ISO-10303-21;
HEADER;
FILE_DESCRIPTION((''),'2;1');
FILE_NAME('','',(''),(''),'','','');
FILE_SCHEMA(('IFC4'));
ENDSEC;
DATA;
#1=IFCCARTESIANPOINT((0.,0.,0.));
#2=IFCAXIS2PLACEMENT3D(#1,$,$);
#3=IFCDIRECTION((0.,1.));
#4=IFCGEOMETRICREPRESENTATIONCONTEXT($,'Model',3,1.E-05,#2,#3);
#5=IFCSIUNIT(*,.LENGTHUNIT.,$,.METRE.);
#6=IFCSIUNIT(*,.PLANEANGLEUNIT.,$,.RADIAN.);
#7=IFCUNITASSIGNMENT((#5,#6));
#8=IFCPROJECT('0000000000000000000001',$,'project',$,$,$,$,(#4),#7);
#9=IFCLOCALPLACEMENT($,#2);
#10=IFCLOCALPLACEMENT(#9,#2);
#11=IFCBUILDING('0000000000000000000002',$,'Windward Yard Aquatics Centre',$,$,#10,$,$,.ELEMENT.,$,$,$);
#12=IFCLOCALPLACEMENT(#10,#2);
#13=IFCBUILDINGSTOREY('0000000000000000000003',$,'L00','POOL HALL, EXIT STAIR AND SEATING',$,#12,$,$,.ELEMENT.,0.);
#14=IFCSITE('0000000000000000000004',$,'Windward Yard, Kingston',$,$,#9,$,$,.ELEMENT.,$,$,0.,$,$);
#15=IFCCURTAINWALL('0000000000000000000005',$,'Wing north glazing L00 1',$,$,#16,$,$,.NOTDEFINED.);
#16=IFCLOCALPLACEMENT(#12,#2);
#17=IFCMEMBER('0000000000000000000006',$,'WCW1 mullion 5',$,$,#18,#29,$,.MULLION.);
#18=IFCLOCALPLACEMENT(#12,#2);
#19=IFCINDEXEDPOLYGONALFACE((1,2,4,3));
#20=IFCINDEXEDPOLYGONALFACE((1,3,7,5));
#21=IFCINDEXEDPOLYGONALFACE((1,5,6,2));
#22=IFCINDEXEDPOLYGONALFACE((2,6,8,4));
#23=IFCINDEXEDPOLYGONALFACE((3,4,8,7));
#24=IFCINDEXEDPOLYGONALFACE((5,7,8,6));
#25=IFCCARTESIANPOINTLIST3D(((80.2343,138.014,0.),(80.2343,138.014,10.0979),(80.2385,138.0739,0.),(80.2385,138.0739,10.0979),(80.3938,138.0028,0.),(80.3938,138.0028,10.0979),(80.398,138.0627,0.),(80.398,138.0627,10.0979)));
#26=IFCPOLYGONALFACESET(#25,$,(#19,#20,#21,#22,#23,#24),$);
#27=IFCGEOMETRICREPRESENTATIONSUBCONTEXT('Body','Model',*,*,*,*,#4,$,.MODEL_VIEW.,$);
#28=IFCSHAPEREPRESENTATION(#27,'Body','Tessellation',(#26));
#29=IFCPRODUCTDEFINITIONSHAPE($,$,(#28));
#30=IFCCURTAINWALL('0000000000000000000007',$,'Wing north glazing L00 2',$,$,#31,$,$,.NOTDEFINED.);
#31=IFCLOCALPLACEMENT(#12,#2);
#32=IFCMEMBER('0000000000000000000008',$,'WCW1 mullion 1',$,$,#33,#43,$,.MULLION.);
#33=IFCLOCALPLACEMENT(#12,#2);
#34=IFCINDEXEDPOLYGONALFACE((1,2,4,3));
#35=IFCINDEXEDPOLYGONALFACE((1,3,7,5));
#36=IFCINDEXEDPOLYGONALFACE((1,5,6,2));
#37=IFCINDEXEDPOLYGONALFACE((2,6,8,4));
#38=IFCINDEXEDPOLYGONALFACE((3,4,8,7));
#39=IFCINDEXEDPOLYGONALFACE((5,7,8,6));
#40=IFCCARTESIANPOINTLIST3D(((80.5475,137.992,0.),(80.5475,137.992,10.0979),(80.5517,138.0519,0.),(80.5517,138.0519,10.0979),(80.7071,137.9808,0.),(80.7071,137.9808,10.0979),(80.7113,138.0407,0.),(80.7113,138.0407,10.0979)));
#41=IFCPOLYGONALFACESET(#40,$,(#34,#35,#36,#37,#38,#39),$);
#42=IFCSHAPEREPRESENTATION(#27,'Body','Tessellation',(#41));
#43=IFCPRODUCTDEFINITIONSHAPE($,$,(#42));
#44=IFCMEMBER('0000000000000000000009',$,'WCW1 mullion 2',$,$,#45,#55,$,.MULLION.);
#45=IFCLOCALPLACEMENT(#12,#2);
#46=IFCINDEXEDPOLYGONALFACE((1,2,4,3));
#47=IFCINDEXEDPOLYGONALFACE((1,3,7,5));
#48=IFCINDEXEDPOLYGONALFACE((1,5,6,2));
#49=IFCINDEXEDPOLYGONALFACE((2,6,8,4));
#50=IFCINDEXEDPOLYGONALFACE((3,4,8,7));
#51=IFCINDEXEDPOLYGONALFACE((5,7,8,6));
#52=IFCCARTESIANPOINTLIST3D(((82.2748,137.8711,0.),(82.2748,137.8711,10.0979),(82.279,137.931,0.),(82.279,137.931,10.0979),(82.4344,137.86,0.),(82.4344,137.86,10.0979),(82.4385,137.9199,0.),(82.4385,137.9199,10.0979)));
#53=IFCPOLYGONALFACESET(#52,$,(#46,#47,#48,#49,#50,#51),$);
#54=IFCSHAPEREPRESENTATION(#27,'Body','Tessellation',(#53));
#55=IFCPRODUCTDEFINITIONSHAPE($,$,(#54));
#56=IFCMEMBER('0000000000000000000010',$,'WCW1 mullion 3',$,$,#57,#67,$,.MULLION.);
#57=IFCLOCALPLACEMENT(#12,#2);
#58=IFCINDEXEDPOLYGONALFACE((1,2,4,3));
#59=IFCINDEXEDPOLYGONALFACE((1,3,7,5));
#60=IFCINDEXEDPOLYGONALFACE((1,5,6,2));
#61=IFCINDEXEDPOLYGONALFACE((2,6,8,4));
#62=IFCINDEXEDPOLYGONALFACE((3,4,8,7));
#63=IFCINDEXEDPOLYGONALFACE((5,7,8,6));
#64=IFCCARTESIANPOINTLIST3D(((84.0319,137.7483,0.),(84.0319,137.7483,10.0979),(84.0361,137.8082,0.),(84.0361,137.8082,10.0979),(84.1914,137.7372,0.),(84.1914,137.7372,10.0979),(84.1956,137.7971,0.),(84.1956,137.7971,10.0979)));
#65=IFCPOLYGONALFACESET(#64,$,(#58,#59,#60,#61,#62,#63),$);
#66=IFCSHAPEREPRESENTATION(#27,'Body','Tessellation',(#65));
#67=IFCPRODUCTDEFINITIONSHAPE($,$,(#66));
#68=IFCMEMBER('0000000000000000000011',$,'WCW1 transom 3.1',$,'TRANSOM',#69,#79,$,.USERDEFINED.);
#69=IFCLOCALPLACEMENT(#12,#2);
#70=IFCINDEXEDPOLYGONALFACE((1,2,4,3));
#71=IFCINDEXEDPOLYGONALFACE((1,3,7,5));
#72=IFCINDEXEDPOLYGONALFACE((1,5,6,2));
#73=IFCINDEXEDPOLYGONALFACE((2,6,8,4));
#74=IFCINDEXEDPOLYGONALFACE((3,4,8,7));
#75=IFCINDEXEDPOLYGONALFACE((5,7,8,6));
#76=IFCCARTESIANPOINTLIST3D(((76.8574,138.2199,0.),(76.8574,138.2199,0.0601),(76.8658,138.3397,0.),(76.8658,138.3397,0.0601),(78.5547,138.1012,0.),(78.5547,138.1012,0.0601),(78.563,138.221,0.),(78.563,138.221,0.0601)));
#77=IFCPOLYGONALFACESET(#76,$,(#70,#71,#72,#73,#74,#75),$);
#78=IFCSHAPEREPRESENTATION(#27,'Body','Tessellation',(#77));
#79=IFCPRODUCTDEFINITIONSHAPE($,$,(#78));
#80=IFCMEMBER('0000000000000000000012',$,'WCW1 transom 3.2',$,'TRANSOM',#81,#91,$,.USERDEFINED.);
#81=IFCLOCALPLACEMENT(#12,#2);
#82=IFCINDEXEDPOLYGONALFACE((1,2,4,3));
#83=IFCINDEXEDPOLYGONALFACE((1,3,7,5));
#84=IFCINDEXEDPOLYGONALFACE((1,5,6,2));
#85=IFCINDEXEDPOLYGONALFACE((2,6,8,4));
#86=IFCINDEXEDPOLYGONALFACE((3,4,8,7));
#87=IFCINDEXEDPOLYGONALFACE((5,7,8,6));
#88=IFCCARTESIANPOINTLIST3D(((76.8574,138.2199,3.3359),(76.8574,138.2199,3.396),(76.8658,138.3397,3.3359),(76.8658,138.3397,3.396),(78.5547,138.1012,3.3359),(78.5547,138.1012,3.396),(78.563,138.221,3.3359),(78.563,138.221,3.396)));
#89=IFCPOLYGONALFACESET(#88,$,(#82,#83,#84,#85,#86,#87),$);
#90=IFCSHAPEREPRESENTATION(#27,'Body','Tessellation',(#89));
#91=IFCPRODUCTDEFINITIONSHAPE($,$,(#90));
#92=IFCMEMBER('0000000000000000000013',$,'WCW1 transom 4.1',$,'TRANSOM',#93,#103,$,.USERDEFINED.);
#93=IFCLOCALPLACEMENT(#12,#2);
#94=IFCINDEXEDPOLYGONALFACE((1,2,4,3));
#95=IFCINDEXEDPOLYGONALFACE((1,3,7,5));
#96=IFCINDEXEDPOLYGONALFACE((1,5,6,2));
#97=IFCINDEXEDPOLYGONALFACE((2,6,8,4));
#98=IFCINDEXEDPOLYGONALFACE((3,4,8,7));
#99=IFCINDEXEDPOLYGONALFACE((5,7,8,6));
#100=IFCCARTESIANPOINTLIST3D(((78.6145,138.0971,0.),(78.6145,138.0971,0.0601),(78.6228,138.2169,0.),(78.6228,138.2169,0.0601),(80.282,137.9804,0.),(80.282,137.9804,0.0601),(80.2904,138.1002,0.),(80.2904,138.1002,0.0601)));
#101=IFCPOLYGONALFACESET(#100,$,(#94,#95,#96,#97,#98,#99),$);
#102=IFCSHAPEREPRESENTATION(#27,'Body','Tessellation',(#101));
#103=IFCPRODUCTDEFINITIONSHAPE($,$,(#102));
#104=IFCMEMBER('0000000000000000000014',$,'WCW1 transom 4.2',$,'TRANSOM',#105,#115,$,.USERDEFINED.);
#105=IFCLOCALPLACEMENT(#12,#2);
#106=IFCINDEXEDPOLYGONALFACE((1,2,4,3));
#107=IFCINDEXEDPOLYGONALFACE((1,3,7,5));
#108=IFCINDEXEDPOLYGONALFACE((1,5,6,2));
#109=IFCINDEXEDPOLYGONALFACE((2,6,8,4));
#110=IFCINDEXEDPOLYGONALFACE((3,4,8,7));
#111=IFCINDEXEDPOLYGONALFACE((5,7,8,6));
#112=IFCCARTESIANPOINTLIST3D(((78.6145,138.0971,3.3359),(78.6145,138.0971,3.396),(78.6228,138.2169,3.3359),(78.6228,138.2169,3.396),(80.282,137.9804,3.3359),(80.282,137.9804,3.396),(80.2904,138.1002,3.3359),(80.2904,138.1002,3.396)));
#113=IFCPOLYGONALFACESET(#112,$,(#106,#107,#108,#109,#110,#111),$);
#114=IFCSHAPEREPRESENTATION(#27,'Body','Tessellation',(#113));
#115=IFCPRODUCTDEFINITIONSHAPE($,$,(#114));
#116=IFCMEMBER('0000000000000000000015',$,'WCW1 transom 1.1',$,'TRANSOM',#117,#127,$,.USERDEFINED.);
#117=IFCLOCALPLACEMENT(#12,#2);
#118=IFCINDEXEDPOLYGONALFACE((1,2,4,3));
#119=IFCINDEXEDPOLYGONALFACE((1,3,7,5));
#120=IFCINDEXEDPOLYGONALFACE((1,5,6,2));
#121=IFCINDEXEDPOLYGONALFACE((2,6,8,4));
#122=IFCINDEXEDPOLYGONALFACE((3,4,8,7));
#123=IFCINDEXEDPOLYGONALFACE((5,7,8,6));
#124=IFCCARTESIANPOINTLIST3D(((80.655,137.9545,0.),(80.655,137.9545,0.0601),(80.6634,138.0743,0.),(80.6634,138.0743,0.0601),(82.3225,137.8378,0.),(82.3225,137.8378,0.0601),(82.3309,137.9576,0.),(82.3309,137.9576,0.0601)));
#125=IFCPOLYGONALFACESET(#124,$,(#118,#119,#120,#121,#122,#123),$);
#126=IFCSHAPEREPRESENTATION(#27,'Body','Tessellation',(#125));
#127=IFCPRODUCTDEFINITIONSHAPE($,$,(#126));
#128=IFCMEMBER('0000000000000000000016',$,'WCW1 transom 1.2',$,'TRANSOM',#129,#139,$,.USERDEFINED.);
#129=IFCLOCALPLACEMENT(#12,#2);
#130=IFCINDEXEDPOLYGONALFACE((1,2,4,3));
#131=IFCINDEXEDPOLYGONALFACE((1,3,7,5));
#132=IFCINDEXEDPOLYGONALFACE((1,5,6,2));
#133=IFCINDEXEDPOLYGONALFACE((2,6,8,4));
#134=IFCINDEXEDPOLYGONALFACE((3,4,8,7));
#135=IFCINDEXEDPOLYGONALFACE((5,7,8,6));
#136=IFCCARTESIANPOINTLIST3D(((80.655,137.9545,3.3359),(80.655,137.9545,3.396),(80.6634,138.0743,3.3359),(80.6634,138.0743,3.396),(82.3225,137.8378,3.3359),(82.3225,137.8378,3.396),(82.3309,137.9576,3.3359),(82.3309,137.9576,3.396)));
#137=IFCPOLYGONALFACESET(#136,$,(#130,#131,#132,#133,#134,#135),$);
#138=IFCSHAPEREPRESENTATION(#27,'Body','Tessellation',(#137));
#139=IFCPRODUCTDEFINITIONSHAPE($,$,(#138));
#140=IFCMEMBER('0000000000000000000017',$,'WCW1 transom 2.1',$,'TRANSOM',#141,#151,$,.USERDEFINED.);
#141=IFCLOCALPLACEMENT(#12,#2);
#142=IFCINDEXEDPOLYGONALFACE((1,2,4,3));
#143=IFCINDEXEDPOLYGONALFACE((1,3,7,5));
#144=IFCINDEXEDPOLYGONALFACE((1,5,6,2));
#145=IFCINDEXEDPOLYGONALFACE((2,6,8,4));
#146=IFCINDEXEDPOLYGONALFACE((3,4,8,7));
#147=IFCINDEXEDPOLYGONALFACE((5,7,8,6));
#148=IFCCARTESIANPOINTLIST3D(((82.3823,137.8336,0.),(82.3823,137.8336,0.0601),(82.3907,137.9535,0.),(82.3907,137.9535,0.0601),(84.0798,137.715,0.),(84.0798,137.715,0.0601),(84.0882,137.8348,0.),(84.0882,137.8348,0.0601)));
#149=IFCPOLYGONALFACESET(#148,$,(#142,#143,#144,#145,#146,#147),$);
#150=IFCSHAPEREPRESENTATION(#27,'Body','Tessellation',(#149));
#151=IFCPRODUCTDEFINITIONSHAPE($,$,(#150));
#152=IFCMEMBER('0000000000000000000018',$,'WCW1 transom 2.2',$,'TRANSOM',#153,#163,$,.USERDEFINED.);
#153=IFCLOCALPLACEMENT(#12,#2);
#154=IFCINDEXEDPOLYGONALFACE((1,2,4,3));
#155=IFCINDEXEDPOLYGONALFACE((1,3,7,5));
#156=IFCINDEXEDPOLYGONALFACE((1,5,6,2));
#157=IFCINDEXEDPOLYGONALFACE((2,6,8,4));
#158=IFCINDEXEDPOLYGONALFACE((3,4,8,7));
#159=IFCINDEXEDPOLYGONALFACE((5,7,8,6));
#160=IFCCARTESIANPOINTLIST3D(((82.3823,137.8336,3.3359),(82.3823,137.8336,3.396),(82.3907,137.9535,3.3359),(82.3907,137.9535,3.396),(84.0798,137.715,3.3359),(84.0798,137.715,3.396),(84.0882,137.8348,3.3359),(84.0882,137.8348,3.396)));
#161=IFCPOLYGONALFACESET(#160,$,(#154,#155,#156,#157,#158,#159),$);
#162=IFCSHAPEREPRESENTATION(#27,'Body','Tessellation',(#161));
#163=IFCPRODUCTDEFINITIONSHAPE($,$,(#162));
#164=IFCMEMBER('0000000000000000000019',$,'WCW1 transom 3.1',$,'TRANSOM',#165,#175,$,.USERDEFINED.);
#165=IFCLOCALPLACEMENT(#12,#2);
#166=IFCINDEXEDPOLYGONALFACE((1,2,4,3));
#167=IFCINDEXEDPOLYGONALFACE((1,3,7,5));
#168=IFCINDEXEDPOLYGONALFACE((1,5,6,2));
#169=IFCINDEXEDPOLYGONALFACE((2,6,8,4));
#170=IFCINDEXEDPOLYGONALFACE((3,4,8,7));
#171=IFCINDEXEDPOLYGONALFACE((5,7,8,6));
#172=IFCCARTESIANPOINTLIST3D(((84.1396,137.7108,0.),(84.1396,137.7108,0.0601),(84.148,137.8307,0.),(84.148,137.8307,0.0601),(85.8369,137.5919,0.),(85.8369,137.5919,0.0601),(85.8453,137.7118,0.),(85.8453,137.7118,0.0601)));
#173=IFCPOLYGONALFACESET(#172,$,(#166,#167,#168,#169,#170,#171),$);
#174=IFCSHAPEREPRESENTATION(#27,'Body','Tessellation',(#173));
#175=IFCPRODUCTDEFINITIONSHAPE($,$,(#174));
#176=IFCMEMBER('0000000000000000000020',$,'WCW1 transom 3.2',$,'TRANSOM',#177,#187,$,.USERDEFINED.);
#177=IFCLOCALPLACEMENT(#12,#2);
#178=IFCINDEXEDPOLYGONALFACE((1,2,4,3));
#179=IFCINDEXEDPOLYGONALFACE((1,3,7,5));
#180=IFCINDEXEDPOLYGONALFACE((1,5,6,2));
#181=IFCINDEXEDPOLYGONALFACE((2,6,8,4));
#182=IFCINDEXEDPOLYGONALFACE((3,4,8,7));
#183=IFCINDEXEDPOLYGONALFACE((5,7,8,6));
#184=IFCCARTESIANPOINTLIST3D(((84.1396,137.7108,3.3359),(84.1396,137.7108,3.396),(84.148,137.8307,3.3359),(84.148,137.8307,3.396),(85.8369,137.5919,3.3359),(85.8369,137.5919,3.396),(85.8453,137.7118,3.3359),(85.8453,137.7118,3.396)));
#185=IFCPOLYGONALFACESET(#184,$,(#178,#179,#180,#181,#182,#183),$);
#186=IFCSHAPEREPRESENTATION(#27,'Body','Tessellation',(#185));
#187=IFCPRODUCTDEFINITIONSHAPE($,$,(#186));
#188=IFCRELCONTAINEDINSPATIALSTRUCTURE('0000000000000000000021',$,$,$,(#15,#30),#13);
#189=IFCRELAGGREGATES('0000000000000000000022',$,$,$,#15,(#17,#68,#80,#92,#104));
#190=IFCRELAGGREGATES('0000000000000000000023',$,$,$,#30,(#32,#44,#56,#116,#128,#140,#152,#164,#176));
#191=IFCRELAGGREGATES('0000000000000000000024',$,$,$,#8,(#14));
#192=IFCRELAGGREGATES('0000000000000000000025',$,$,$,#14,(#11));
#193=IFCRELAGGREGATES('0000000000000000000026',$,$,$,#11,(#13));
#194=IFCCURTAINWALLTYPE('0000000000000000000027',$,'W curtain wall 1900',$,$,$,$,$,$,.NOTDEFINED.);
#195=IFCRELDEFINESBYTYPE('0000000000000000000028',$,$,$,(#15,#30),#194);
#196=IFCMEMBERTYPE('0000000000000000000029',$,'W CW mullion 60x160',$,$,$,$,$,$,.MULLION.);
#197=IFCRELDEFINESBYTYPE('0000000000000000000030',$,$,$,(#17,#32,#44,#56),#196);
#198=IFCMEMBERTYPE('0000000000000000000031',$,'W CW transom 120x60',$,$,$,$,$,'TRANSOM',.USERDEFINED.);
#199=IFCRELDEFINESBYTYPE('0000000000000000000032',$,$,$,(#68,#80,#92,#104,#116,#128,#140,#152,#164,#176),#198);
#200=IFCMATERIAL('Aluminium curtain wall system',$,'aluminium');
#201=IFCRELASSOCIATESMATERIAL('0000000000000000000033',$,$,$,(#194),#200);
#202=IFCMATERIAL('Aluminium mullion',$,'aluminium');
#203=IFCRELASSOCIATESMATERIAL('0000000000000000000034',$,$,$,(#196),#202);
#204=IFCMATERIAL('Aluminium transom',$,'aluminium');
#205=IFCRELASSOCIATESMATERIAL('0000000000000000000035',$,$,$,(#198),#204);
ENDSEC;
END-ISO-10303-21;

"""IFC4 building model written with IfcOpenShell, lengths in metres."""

from ifc_helpers import new_model, si_unit, direction, frame, origin, origin_2d, place, context, subcontext, project, spatial, rectangle, extrude, material, material_profile, profile_set, type_object, element, aggregate, save


model = new_model("IFC4")

# Units and contexts
model_context = context("Model", 3, precision=1e-05, world=origin(), true_north=direction((0.0, 1.0)))
body_context = subcontext(model_context, "Body", "Model", "MODEL_VIEW")
ifc_project = project(units=[si_unit("LENGTHUNIT", "METRE"), si_unit("PLANEANGLEUNIT", "RADIAN")], contexts=[model_context])

# Site, building, storey
site_placement = place(None, origin())
site = spatial("IfcSite", under=ifc_project, at=site_placement, Name="Windward Yard, Kingston", CompositionType="ELEMENT", RefElevation=0.0)
building_placement = place(site_placement, origin())
building = spatial("IfcBuilding", under=site, at=building_placement, Name="Windward Yard Aquatics Centre", CompositionType="ELEMENT")
storey_placement = place(building_placement, origin())
storey = spatial("IfcBuildingStorey", under=building, at=storey_placement, Name="L00", Description="POOL HALL, EXIT STAIR AND SEATING", CompositionType="ELEMENT", Elevation=0.0)

# Curtain walls, members
ifc_material_1 = material(Name="Aluminium curtain wall system", Category="aluminium")
curtain_wall_type = type_object("IfcCurtainWallType", Name="W curtain wall 1900", PredefinedType="NOTDEFINED", material=ifc_material_1)
curtain_wall_1_placement = place(storey_placement, origin())
curtain_wall_1 = element("IfcCurtainWall", 1, at=curtain_wall_1_placement, inside=storey, type_object=curtain_wall_type, Name="Wing north glazing L00 1", PredefinedType="NOTDEFINED")
ifc_material_2 = material(Name="Aluminium mullion", Category="aluminium")
ifc_material_profile_1 = material_profile(ifc_material_2, rectangle(XDim=0.0601, YDim=0.1599, at=origin_2d()), Name="AL 60x160")
ifc_profile_set_1 = profile_set([ifc_material_profile_1], Name="Aluminium mullion")
member_type_1 = type_object("IfcMemberType", Name="W CW mullion 60x160", PredefinedType="MULLION", material=ifc_profile_set_1)
member_1_placement = place(storey_placement, frame((80.3162, 138.0383, 0.0), z_axis=(0.0, 0.0, 1.0), x_axis=(0.069756, 0.997564, 0.0)))
member_1 = element("IfcMember", 2, at=member_1_placement, type_object=member_type_1, Name="WCW1 mullion 5", PredefinedType="MULLION", context=body_context, shape_type="SweptSolid", body=[
    extrude(rectangle(XDim=0.0601, YDim=0.1599, at=origin_2d()), origin(), (0.0, 0.0, 1.0), 10.0979),
])
curtain_wall_2_placement = place(storey_placement, origin())
curtain_wall_2 = element("IfcCurtainWall", 3, at=curtain_wall_2_placement, inside=storey, type_object=curtain_wall_type, Name="Wing north glazing L00 2", PredefinedType="NOTDEFINED")
member_2_placement = place(storey_placement, frame((80.6294, 138.0164, 0.0), z_axis=(0.0, 0.0, 1.0), x_axis=(0.069756, 0.997564, 0.0)))
member_2 = element("IfcMember", 4, at=member_2_placement, type_object=member_type_1, Name="WCW1 mullion 1", PredefinedType="MULLION", context=body_context, shape_type="SweptSolid", body=[
    extrude(rectangle(XDim=0.0601, YDim=0.1599, at=origin_2d()), origin(), (0.0, 0.0, 1.0), 10.0979),
])
member_3_placement = place(storey_placement, frame((82.3567, 137.8955, 0.0), z_axis=(0.0, 0.0, 1.0), x_axis=(0.069756, 0.997564, 0.0)))
member_3 = element("IfcMember", 5, at=member_3_placement, type_object=member_type_1, Name="WCW1 mullion 2", PredefinedType="MULLION", context=body_context, shape_type="SweptSolid", body=[
    extrude(rectangle(XDim=0.0601, YDim=0.1599, at=origin_2d()), origin(), (0.0, 0.0, 1.0), 10.0979),
])
member_4_placement = place(storey_placement, frame((84.1138, 137.7727, 0.0), z_axis=(0.0, 0.0, 1.0), x_axis=(0.069756, 0.997564, 0.0)))
member_4 = element("IfcMember", 6, at=member_4_placement, type_object=member_type_1, Name="WCW1 mullion 3", PredefinedType="MULLION", context=body_context, shape_type="SweptSolid", body=[
    extrude(rectangle(XDim=0.0601, YDim=0.1599, at=origin_2d()), origin(), (0.0, 0.0, 1.0), 10.0979),
])

# Members
ifc_material_3 = material(Name="Aluminium transom", Category="aluminium")
ifc_material_profile_2 = material_profile(ifc_material_3, rectangle(XDim=0.1201, YDim=0.0601, at=origin_2d()), Name="AL 120x60")
ifc_profile_set_2 = profile_set([ifc_material_profile_2], Name="Aluminium transom")
member_type_2 = type_object("IfcMemberType", Name="W CW transom 120x60", ElementType="TRANSOM", PredefinedType="USERDEFINED", material=ifc_profile_set_2)
member_5_placement = place(storey_placement, frame((76.8616, 138.2798, 0.03), z_axis=(0.997565, -0.069738, 0.0), x_axis=(0.069738, 0.997565, 0.0)))
member_5 = element("IfcMember", 7, at=member_5_placement, type_object=member_type_2, Name="WCW1 transom 3.1", ObjectType="TRANSOM", PredefinedType="USERDEFINED", context=body_context, shape_type="SweptSolid", body=[
    extrude(rectangle(XDim=0.1201, YDim=0.0601, at=origin_2d()), origin(), (0.0, 0.0, 1.0), 1.7014),
])
member_6_placement = place(storey_placement, frame((76.8616, 138.2798, 3.366), z_axis=(0.997565, -0.069738, 0.0), x_axis=(0.069738, 0.997565, 0.0)))
member_6 = element("IfcMember", 8, at=member_6_placement, type_object=member_type_2, Name="WCW1 transom 3.2", ObjectType="TRANSOM", PredefinedType="USERDEFINED", context=body_context, shape_type="SweptSolid", body=[
    extrude(rectangle(XDim=0.1201, YDim=0.0601, at=origin_2d()), origin(), (0.0, 0.0, 1.0), 1.7014),
])
member_7_placement = place(storey_placement, frame((78.6187, 138.157, 0.03), z_axis=(0.99756, -0.069815, 0.0), x_axis=(0.069815, 0.99756, 0.0)))
member_7 = element("IfcMember", 9, at=member_7_placement, type_object=member_type_2, Name="WCW1 transom 4.1", ObjectType="TRANSOM", PredefinedType="USERDEFINED", context=body_context, shape_type="SweptSolid", body=[
    extrude(rectangle(XDim=0.1201, YDim=0.0601, at=origin_2d()), origin(), (0.0, 0.0, 1.0), 1.6716),
])
member_8_placement = place(storey_placement, frame((78.6187, 138.157, 3.366), z_axis=(0.99756, -0.069815, 0.0), x_axis=(0.069815, 0.99756, 0.0)))
member_8 = element("IfcMember", 10, at=member_8_placement, type_object=member_type_2, Name="WCW1 transom 4.2", ObjectType="TRANSOM", PredefinedType="USERDEFINED", context=body_context, shape_type="SweptSolid", body=[
    extrude(rectangle(XDim=0.1201, YDim=0.0601, at=origin_2d()), origin(), (0.0, 0.0, 1.0), 1.6716),
])
member_9_placement = place(storey_placement, frame((80.6592, 138.0144, 0.03), z_axis=(0.99756, -0.069815, 0.0), x_axis=(0.069815, 0.99756, 0.0)))
member_9 = element("IfcMember", 11, at=member_9_placement, type_object=member_type_2, Name="WCW1 transom 1.1", ObjectType="TRANSOM", PredefinedType="USERDEFINED", context=body_context, shape_type="SweptSolid", body=[
    extrude(rectangle(XDim=0.1201, YDim=0.0601, at=origin_2d()), origin(), (0.0, 0.0, 1.0), 1.6716),
])
member_10_placement = place(storey_placement, frame((80.6592, 138.0144, 3.366), z_axis=(0.99756, -0.069815, 0.0), x_axis=(0.069815, 0.99756, 0.0)))
member_10 = element("IfcMember", 12, at=member_10_placement, type_object=member_type_2, Name="WCW1 transom 1.2", ObjectType="TRANSOM", PredefinedType="USERDEFINED", context=body_context, shape_type="SweptSolid", body=[
    extrude(rectangle(XDim=0.1201, YDim=0.0601, at=origin_2d()), origin(), (0.0, 0.0, 1.0), 1.6716),
])
member_11_placement = place(storey_placement, frame((82.3865, 137.8936, 0.03), z_axis=(0.997566, -0.069728, 0.0), x_axis=(0.069728, 0.997566, 0.0)))
member_11 = element("IfcMember", 13, at=member_11_placement, type_object=member_type_2, Name="WCW1 transom 2.1", ObjectType="TRANSOM", PredefinedType="USERDEFINED", context=body_context, shape_type="SweptSolid", body=[
    extrude(rectangle(XDim=0.1201, YDim=0.0601, at=origin_2d()), origin(), (0.0, 0.0, 1.0), 1.7017),
])
member_12_placement = place(storey_placement, frame((82.3865, 137.8936, 3.366), z_axis=(0.997566, -0.069728, 0.0), x_axis=(0.069728, 0.997566, 0.0)))
member_12 = element("IfcMember", 14, at=member_12_placement, type_object=member_type_2, Name="WCW1 transom 2.2", ObjectType="TRANSOM", PredefinedType="USERDEFINED", context=body_context, shape_type="SweptSolid", body=[
    extrude(rectangle(XDim=0.1201, YDim=0.0601, at=origin_2d()), origin(), (0.0, 0.0, 1.0), 1.7017),
])
member_13_placement = place(storey_placement, frame((84.1438, 137.7708, 0.03), z_axis=(0.997555, -0.069881, 0.0), x_axis=(0.069881, 0.997555, 0.0)))
member_13 = element("IfcMember", 15, at=member_13_placement, type_object=member_type_2, Name="WCW1 transom 3.1", ObjectType="TRANSOM", PredefinedType="USERDEFINED", context=body_context, shape_type="SweptSolid", body=[
    extrude(rectangle(XDim=0.1201, YDim=0.0601, at=origin_2d()), origin(), (0.0, 0.0, 1.0), 1.7014),
])
member_14_placement = place(storey_placement, frame((84.1438, 137.7708, 3.366), z_axis=(0.997555, -0.069881, 0.0), x_axis=(0.069881, 0.997555, 0.0)))
member_14 = element("IfcMember", 16, at=member_14_placement, type_object=member_type_2, Name="WCW1 transom 3.2", ObjectType="TRANSOM", PredefinedType="USERDEFINED", context=body_context, shape_type="SweptSolid", body=[
    extrude(rectangle(XDim=0.1201, YDim=0.0601, at=origin_2d()), origin(), (0.0, 0.0, 1.0), 1.7014),
])

aggregate(curtain_wall_1, [member_1, member_5, member_6, member_7, member_8])
aggregate(curtain_wall_2, [member_2, member_3, member_4, member_9, member_10, member_11, member_12, member_13, member_14])

save(model, "model.ifc")
